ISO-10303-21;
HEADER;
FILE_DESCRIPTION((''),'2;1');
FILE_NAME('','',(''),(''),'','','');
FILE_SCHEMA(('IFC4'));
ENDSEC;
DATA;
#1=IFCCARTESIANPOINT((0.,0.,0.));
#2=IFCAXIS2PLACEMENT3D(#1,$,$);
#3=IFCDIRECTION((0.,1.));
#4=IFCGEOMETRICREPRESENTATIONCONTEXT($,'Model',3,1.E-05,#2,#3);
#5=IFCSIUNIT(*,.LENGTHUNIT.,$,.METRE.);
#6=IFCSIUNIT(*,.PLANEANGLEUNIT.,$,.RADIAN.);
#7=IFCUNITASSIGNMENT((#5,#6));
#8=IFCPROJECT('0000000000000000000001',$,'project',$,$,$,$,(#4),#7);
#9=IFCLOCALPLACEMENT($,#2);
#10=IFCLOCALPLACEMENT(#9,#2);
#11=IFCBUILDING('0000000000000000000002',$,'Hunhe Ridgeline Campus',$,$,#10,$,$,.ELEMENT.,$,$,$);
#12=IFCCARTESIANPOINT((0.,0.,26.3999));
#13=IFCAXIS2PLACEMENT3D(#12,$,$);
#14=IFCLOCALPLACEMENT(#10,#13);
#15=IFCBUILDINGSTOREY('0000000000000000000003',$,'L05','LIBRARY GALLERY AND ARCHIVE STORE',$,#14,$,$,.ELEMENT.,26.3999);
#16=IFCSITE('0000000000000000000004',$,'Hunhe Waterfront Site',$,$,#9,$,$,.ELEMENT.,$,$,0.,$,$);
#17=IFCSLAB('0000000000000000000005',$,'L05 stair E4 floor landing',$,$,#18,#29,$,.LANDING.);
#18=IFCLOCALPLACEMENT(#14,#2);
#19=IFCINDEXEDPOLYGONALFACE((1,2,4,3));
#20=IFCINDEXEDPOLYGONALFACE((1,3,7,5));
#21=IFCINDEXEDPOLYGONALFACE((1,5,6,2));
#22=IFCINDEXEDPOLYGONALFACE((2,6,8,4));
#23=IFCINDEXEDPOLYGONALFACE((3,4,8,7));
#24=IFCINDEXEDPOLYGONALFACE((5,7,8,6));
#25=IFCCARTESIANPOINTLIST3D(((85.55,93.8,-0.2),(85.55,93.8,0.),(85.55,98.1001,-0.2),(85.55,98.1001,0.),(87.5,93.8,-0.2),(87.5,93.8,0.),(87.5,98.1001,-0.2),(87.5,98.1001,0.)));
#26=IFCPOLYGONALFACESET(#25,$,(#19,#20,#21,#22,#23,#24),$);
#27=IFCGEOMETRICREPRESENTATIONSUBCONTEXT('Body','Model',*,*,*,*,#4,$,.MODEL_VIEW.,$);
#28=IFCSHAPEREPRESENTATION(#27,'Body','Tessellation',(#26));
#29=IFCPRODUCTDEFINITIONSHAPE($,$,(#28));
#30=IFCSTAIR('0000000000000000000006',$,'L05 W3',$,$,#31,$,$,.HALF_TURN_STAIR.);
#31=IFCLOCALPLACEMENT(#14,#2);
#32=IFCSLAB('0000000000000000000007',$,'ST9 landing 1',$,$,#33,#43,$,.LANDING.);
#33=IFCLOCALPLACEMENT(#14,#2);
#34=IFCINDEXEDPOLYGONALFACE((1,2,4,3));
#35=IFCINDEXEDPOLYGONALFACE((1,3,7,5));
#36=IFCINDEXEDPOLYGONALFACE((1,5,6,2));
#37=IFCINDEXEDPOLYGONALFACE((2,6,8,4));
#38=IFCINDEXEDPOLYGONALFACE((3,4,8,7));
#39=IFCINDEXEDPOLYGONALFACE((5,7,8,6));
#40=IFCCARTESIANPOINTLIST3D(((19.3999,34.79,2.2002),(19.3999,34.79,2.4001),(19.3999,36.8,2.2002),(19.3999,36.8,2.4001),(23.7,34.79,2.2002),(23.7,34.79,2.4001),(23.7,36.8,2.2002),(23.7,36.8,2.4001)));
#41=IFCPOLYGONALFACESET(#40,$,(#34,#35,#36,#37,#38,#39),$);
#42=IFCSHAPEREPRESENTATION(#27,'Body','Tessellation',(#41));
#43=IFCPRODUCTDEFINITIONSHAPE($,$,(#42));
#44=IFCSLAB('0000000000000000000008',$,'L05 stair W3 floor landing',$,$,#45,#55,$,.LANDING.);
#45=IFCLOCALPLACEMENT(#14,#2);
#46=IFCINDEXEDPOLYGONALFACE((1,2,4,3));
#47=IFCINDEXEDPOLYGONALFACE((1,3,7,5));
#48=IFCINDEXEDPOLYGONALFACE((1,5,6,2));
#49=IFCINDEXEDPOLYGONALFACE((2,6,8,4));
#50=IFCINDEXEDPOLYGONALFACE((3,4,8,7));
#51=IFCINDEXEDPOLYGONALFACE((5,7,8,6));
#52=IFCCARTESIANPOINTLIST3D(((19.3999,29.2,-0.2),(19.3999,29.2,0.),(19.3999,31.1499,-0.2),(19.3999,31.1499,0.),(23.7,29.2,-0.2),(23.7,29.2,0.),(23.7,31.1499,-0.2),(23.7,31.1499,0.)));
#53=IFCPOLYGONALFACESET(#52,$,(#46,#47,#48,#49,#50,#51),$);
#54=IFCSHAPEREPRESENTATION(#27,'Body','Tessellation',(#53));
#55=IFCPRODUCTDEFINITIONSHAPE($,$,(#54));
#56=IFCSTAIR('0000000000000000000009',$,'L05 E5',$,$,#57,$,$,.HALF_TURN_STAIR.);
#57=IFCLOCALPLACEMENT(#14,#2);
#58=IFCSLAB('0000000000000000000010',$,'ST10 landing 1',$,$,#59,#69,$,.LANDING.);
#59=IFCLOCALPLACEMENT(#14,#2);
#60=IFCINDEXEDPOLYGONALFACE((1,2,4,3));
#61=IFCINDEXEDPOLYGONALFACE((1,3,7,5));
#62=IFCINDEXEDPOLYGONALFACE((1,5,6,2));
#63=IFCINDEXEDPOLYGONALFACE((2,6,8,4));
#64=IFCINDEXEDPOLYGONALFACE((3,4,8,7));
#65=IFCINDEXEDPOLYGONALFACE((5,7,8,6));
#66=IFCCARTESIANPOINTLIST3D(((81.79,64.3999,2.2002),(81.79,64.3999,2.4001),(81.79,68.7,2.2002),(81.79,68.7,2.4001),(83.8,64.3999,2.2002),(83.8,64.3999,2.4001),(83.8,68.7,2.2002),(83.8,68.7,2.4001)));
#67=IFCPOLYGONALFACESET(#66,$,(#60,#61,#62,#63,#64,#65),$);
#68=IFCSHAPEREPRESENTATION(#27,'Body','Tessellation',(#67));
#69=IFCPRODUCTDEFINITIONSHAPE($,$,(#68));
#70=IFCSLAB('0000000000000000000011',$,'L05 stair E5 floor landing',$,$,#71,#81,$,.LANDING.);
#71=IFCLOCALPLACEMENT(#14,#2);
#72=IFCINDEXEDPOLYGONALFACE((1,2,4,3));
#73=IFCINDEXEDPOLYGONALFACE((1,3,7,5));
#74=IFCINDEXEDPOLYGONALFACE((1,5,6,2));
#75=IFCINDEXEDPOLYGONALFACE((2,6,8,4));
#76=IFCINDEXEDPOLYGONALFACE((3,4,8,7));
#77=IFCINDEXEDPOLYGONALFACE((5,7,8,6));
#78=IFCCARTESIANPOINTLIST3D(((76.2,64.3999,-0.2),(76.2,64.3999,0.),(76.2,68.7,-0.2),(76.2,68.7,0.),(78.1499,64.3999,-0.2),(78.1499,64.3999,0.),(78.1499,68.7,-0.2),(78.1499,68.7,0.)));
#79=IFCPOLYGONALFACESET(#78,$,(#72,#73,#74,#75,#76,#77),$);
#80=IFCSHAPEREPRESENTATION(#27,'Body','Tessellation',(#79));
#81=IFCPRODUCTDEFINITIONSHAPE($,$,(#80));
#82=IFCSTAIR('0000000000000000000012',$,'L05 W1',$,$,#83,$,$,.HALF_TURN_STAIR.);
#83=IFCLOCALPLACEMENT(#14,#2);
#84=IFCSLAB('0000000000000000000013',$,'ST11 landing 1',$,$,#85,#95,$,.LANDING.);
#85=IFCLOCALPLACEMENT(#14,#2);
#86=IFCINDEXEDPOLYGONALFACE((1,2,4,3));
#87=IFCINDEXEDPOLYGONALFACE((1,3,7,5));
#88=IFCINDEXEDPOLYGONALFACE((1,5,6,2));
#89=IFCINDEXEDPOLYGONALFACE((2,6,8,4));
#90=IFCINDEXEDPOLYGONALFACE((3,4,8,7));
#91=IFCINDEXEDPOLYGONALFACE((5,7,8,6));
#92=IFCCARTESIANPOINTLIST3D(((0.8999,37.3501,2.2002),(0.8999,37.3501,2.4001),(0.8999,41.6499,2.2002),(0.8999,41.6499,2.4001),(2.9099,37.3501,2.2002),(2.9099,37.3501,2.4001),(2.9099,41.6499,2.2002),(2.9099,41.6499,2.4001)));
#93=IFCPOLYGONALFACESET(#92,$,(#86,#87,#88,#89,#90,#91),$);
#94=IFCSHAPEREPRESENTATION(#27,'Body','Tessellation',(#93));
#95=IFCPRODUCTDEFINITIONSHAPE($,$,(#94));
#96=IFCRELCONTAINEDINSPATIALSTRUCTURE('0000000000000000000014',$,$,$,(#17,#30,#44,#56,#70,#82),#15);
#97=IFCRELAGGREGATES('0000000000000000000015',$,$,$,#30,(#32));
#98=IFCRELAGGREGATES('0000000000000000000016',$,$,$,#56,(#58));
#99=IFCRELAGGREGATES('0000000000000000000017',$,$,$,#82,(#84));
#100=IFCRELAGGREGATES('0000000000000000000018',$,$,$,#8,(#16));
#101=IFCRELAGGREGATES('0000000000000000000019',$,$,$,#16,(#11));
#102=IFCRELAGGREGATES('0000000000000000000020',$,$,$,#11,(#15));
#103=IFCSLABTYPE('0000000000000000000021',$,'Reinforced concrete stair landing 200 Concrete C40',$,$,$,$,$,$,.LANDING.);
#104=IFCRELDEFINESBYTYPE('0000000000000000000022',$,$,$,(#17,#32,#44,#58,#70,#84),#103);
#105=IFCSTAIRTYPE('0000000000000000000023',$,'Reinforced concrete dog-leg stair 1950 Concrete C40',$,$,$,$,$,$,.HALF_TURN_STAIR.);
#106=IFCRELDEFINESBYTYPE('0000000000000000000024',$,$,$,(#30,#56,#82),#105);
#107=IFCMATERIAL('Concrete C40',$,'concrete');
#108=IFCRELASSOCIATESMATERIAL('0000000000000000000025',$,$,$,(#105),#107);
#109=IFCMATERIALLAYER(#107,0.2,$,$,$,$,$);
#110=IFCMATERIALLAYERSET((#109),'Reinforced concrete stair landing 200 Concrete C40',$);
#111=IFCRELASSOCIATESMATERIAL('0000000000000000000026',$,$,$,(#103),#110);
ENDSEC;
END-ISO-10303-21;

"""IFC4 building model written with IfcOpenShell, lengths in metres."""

from ifc_helpers import new_model, si_unit, direction, frame, origin, place, context, subcontext, project, spatial, polyline, outline, extrude, material, layer, layer_set, type_object, element, aggregate, save


model = new_model("IFC4")

# Units and contexts
model_context = context("Model", 3, precision=1e-05, world=origin(), true_north=direction((0.0, 1.0)))
body_context = subcontext(model_context, "Body", "Model", "MODEL_VIEW")
ifc_project = project(units=[si_unit("LENGTHUNIT", "METRE"), si_unit("PLANEANGLEUNIT", "RADIAN")], contexts=[model_context])

# Site, building, storey
site_placement = place(None, origin())
site = spatial("IfcSite", under=ifc_project, at=site_placement, Name="Hunhe Waterfront Site", CompositionType="ELEMENT", RefElevation=0.0)
building_placement = place(site_placement, origin())
building = spatial("IfcBuilding", under=site, at=building_placement, Name="Hunhe Ridgeline Campus", CompositionType="ELEMENT")
storey_placement = place(building_placement, frame((0.0, 0.0, 26.3999)))
storey = spatial("IfcBuildingStorey", under=building, at=storey_placement, Name="L05", Description="LIBRARY GALLERY AND ARCHIVE STORE", CompositionType="ELEMENT", Elevation=26.3999)

# Shared definitions
ifc_material = material(Name="Concrete C40", Category="concrete")
stair_type = type_object("IfcStairType", Name="Reinforced concrete dog-leg stair 1950 Concrete C40", PredefinedType="HALF_TURN_STAIR", material=ifc_material)
ifc_layer = layer(ifc_material, 0.2)
ifc_layer_set = layer_set([ifc_layer], Name="Reinforced concrete stair landing 200 Concrete C40")
slab_type = type_object("IfcSlabType", Name="Reinforced concrete stair landing 200 Concrete C40", PredefinedType="LANDING", material=ifc_layer_set)

# Slab
slab_1_placement = place(storey_placement, frame((0.0, 0.0, -0.2)))
element("IfcSlab", 1, at=slab_1_placement, inside=storey, type_object=slab_type, Name="L05 stair E4 floor landing", PredefinedType="LANDING", context=body_context, shape_type="SweptSolid", body=[
    extrude(outline(polyline([(85.55, 93.8), (87.5, 93.8), (87.5, 98.1001), (85.55, 98.1001), (85.55, 93.8)])), origin(), (0.0, 0.0, 1.0), 0.2),
])

# Stair, slab
stair_1_placement = place(storey_placement, origin())
stair_1 = element("IfcStair", 2, at=stair_1_placement, inside=storey, type_object=stair_type, Name="L05 W3", PredefinedType="HALF_TURN_STAIR")
slab_2_placement = place(storey_placement, frame((0.0, 0.0, 2.2002)))
slab_2 = element("IfcSlab", 3, at=slab_2_placement, type_object=slab_type, Name="ST9 landing 1", PredefinedType="LANDING", context=body_context, shape_type="SweptSolid", body=[
    extrude(outline(polyline([(23.7, 34.79), (23.7, 36.8), (19.3999, 36.8), (19.3999, 34.79), (23.7, 34.79)])), origin(), (0.0, 0.0, 1.0), 0.2),
])
aggregate(stair_1, [slab_2])

# Slab
slab_3_placement = place(storey_placement, frame((0.0, 0.0, -0.2)))
element("IfcSlab", 4, at=slab_3_placement, inside=storey, type_object=slab_type, Name="L05 stair W3 floor landing", PredefinedType="LANDING", context=body_context, shape_type="SweptSolid", body=[
    extrude(outline(polyline([(23.7, 29.2), (23.7, 31.1499), (19.3999, 31.1499), (19.3999, 29.2), (23.7, 29.2)])), origin(), (0.0, 0.0, 1.0), 0.2),
])

# Stair, slab
stair_2_placement = place(storey_placement, origin())
stair_2 = element("IfcStair", 5, at=stair_2_placement, inside=storey, type_object=stair_type, Name="L05 E5", PredefinedType="HALF_TURN_STAIR")
slab_4_placement = place(storey_placement, frame((0.0, 0.0, 2.2002)))
slab_4 = element("IfcSlab", 6, at=slab_4_placement, type_object=slab_type, Name="ST10 landing 1", PredefinedType="LANDING", context=body_context, shape_type="SweptSolid", body=[
    extrude(outline(polyline([(81.79, 64.3999), (83.8, 64.3999), (83.8, 68.7), (81.79, 68.7), (81.79, 64.3999)])), origin(), (0.0, 0.0, 1.0), 0.2),
])
aggregate(stair_2, [slab_4])

# Slab
slab_5_placement = place(storey_placement, frame((0.0, 0.0, -0.2)))
element("IfcSlab", 7, at=slab_5_placement, inside=storey, type_object=slab_type, Name="L05 stair E5 floor landing", PredefinedType="LANDING", context=body_context, shape_type="SweptSolid", body=[
    extrude(outline(polyline([(76.2, 64.3999), (78.1499, 64.3999), (78.1499, 68.7), (76.2, 68.7), (76.2, 64.3999)])), origin(), (0.0, 0.0, 1.0), 0.2),
])

# Stair, slab
stair_3_placement = place(storey_placement, origin())
stair_3 = element("IfcStair", 8, at=stair_3_placement, inside=storey, type_object=stair_type, Name="L05 W1", PredefinedType="HALF_TURN_STAIR")
slab_6_placement = place(storey_placement, frame((0.0, 0.0, 2.2002)))
slab_6 = element("IfcSlab", 9, at=slab_6_placement, type_object=slab_type, Name="ST11 landing 1", PredefinedType="LANDING", context=body_context, shape_type="SweptSolid", body=[
    extrude(outline(polyline([(2.9099, 41.6499), (0.8999, 41.6499), (0.8999, 37.3501), (2.9099, 37.3501), (2.9099, 41.6499)])), origin(), (0.0, 0.0, 1.0), 0.2),
])
aggregate(stair_3, [slab_6])

save(model, "model.ifc")
